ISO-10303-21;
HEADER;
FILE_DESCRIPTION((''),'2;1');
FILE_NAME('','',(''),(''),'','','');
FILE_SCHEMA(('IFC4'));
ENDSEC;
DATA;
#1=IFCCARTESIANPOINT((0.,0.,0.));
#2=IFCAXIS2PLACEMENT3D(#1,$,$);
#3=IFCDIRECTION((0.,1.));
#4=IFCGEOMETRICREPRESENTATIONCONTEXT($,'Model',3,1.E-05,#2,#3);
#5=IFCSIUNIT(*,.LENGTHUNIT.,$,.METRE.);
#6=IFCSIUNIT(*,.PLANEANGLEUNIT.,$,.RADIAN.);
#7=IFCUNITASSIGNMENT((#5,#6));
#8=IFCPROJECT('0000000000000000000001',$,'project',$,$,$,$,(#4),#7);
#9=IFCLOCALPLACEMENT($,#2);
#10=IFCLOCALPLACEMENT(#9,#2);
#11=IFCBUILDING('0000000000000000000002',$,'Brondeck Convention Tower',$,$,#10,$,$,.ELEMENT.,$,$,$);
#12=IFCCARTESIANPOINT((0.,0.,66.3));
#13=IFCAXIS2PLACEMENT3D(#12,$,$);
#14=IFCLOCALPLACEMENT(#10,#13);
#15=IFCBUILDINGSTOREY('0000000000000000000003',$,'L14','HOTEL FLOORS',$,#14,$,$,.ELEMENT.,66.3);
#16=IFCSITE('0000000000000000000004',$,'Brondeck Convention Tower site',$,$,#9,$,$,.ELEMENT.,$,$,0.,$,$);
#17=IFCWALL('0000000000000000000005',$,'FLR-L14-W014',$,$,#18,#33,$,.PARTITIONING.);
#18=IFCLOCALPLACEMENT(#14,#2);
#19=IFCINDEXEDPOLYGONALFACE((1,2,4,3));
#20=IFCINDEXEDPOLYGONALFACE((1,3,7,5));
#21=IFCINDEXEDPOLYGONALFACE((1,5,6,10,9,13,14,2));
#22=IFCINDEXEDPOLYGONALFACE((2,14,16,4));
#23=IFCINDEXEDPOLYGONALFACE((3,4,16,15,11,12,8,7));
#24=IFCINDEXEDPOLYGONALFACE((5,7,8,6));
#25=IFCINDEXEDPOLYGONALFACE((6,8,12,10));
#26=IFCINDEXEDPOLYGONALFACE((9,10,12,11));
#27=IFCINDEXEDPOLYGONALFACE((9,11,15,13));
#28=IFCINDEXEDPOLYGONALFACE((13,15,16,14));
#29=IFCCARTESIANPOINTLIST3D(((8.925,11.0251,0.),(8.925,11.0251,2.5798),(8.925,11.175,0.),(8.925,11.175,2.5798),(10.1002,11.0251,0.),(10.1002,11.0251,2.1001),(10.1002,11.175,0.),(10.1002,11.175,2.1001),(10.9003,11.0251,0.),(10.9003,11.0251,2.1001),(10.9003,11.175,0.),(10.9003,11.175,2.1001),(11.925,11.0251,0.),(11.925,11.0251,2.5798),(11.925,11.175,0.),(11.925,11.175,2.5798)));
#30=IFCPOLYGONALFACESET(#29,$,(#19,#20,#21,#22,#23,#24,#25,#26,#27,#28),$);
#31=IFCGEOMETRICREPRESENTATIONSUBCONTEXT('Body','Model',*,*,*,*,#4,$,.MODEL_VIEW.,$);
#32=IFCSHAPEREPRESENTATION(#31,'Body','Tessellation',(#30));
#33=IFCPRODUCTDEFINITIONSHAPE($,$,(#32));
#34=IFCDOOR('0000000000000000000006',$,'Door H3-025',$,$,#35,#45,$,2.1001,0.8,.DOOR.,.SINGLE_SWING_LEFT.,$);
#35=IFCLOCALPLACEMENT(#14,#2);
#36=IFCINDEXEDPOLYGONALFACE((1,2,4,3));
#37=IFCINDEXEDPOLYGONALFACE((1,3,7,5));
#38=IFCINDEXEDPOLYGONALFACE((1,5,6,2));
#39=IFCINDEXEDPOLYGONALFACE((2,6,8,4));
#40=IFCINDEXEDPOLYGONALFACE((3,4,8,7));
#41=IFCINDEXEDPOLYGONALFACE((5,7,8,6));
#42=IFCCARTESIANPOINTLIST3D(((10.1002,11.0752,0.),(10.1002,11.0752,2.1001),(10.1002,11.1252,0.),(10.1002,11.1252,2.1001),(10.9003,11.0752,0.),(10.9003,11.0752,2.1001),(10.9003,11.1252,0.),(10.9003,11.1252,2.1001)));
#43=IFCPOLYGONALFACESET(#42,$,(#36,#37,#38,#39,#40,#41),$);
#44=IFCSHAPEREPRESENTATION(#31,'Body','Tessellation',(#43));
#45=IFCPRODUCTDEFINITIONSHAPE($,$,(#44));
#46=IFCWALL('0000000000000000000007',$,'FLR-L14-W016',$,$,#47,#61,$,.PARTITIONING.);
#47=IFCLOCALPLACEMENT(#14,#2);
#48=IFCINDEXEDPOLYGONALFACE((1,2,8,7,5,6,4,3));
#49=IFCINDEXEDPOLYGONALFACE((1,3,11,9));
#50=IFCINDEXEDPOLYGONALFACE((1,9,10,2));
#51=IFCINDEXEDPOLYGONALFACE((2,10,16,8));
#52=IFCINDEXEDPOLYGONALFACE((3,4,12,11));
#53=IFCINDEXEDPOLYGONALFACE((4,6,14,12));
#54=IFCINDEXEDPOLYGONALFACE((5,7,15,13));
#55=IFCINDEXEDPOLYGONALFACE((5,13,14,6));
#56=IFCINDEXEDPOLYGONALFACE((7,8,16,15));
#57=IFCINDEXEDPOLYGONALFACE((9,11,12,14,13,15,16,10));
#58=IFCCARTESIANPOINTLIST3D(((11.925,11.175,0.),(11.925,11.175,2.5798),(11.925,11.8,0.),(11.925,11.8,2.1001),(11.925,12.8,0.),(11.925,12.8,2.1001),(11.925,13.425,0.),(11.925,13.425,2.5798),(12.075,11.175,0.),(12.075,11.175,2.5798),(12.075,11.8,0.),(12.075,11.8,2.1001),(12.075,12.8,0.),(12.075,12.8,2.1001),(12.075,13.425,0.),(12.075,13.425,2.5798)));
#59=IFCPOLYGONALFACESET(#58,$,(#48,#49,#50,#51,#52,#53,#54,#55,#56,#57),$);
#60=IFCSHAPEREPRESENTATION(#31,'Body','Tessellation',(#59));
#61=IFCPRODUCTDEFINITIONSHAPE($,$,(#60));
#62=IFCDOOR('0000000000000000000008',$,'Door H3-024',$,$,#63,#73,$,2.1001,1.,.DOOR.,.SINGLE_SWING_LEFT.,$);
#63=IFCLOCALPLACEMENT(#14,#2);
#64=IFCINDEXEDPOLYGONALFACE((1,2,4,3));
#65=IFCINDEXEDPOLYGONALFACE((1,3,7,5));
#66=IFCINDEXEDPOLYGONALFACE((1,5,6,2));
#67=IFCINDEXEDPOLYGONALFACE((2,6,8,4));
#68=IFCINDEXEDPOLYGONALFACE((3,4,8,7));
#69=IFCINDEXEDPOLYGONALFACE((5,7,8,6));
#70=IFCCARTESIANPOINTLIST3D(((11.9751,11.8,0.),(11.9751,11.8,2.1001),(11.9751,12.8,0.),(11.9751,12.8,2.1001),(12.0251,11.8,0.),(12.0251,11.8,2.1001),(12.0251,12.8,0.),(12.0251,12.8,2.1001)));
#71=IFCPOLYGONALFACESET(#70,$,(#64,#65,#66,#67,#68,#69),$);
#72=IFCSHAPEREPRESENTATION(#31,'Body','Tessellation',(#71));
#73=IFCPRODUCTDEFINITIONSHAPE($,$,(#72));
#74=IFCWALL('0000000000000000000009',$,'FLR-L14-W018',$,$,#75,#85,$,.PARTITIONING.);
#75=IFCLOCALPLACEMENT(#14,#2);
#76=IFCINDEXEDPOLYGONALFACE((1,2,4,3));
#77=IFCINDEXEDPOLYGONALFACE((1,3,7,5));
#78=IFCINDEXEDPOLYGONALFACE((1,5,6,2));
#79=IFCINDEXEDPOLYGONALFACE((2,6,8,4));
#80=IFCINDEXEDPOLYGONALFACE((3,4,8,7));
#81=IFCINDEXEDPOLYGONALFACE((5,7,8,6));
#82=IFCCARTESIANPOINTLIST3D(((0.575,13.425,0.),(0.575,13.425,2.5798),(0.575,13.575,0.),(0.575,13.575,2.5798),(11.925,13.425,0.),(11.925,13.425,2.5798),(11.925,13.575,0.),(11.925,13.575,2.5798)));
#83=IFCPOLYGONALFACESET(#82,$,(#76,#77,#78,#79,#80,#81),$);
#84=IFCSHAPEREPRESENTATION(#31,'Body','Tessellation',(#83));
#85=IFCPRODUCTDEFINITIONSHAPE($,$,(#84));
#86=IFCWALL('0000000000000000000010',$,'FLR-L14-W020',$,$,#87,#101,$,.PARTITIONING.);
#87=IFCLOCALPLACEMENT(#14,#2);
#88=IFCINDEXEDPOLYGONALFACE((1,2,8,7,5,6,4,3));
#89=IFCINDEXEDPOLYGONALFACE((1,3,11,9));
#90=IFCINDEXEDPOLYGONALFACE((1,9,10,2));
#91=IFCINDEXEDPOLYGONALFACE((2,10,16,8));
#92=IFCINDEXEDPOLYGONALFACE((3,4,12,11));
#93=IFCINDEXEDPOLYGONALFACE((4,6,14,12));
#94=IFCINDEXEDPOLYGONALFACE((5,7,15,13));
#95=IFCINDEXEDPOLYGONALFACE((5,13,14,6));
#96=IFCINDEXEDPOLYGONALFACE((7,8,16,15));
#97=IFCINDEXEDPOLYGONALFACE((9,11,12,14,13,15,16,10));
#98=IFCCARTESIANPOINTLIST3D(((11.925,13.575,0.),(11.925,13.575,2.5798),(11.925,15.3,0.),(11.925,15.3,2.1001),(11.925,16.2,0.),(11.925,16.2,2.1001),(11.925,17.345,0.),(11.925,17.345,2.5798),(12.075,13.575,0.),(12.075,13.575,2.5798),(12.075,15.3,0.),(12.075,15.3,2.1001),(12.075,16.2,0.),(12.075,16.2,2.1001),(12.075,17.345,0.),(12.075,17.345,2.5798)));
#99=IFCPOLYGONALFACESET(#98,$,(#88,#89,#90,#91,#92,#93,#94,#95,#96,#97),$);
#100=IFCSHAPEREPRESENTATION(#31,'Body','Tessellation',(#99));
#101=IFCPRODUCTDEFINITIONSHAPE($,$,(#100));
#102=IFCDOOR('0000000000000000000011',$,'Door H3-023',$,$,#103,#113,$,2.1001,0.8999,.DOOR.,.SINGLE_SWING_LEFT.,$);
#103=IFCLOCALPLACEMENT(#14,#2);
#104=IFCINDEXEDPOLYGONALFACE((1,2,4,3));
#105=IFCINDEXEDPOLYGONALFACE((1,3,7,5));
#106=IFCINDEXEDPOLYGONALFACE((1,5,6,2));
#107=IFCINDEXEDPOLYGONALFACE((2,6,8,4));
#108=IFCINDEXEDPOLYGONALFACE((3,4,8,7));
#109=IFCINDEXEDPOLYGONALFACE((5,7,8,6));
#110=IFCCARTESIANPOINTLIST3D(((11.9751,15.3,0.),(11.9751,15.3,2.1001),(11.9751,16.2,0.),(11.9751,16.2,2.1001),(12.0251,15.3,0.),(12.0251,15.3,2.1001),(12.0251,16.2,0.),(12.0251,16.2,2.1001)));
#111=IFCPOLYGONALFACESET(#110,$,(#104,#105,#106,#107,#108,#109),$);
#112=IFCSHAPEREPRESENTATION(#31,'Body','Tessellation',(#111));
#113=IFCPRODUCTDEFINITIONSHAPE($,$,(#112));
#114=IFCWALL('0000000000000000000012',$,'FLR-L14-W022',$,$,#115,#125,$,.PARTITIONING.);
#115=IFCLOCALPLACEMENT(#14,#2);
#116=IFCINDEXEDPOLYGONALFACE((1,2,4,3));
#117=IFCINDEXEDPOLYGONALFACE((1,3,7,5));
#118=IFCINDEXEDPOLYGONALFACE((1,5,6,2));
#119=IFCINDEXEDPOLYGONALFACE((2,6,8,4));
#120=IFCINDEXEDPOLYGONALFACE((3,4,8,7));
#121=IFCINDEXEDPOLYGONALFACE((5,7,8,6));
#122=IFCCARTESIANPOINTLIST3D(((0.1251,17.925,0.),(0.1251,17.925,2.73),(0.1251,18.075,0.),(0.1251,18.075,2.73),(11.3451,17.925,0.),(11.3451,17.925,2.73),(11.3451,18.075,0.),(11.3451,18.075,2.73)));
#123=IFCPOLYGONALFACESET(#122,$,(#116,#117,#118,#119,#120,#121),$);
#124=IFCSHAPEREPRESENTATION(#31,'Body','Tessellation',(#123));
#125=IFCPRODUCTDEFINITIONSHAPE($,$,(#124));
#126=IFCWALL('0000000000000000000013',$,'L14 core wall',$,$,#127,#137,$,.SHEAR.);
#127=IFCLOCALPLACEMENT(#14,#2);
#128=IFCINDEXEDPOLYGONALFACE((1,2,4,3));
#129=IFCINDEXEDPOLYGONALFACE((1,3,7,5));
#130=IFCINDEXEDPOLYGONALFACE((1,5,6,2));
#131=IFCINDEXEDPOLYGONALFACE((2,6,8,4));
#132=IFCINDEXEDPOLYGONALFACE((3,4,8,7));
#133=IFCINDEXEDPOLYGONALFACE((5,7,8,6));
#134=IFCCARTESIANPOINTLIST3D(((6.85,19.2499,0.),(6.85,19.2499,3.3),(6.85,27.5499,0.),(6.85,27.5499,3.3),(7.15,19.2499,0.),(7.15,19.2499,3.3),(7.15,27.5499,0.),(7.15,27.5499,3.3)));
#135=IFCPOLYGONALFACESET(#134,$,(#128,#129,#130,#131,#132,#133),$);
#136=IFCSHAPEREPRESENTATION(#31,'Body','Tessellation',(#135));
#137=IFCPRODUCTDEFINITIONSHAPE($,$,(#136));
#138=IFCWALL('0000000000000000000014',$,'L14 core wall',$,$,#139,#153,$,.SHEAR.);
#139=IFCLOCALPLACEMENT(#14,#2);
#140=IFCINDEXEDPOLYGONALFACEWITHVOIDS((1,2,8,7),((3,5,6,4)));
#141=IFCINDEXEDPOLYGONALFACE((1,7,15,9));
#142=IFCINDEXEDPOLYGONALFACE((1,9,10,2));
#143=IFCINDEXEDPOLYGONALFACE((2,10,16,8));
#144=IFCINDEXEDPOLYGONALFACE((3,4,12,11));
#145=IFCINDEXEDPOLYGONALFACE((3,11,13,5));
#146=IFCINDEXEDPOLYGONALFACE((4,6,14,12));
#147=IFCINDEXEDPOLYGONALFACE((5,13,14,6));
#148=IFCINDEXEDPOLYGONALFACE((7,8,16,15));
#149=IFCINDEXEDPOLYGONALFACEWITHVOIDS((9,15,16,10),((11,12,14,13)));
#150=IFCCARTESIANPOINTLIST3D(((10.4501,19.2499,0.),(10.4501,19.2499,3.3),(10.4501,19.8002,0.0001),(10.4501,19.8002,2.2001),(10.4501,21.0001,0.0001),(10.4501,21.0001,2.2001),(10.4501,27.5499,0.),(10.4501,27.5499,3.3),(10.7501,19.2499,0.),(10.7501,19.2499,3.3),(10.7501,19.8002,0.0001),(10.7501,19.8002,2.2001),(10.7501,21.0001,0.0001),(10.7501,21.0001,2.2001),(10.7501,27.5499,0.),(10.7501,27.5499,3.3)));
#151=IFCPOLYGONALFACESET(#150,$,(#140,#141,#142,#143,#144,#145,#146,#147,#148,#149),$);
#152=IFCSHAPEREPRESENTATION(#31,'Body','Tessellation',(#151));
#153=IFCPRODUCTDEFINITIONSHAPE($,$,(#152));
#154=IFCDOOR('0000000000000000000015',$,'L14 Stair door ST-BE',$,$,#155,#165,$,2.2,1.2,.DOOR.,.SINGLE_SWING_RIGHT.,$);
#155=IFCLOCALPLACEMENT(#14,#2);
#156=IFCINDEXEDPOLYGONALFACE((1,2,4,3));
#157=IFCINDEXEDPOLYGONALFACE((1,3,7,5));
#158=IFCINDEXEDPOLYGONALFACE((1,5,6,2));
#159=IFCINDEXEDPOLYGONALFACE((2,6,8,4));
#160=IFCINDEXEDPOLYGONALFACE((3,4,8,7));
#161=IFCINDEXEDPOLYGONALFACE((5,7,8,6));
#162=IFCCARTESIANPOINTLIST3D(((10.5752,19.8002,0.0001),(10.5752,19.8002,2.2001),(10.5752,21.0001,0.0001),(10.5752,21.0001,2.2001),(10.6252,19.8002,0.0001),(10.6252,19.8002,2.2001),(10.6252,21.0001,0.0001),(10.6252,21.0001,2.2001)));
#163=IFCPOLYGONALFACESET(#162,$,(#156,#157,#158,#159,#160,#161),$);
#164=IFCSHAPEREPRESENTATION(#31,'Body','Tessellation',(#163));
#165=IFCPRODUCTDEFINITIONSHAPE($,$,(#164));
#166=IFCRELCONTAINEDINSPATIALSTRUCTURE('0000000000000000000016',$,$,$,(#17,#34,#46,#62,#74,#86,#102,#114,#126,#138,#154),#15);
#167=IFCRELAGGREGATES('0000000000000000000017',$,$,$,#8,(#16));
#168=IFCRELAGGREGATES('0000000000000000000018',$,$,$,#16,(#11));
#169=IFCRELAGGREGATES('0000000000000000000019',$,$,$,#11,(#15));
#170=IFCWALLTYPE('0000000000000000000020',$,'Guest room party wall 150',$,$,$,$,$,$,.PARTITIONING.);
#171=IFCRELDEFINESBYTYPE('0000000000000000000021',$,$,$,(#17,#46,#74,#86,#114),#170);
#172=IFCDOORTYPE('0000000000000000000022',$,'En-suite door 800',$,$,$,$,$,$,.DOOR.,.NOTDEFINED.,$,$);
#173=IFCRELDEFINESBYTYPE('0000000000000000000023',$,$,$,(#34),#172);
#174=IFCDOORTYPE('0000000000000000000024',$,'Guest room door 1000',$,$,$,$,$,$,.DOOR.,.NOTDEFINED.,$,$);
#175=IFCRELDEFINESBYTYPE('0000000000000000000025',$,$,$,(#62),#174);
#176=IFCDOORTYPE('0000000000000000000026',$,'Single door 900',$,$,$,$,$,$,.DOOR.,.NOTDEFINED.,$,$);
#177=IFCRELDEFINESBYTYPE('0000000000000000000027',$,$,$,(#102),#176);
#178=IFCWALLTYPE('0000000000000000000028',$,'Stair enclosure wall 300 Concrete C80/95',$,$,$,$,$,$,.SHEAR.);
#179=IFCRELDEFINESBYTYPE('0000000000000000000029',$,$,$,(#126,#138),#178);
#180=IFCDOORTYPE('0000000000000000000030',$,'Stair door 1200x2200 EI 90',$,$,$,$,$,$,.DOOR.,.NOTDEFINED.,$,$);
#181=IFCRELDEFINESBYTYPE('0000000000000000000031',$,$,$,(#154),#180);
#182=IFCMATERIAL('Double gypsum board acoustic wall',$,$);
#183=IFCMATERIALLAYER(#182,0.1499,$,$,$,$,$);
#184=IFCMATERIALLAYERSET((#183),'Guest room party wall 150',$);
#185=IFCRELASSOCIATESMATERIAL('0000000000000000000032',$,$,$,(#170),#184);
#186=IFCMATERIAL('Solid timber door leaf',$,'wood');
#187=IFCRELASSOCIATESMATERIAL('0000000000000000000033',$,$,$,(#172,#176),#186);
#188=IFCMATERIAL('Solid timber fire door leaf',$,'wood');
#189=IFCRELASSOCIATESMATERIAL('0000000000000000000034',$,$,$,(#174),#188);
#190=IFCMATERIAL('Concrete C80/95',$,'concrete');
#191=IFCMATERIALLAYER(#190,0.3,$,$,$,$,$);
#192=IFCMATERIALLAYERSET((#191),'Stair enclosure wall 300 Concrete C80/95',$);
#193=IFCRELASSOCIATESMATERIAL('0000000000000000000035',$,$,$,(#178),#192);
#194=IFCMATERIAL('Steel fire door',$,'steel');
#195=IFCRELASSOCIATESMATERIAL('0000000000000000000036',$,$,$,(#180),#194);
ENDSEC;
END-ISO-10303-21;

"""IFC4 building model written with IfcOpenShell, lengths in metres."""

from ifc_helpers import new_model, si_unit, direction, frame, frame_2d, origin, place, context, subcontext, project, spatial, rectangle, extrude, material, layer, layer_set, type_object, element, fill, save


model = new_model("IFC4")

# Units and contexts
model_context = context("Model", 3, precision=1e-05, world=origin(), true_north=direction((0.0, 1.0)))
body_context = subcontext(model_context, "Body", "Model", "MODEL_VIEW")
ifc_project = project(units=[si_unit("LENGTHUNIT", "METRE"), si_unit("PLANEANGLEUNIT", "RADIAN")], contexts=[model_context])

# Site, building, storey
site_placement = place(None, origin())
site = spatial("IfcSite", under=ifc_project, at=site_placement, Name="Brondeck Convention Tower site", CompositionType="ELEMENT", RefElevation=0.0)
building_placement = place(site_placement, origin())
building = spatial("IfcBuilding", under=site, at=building_placement, Name="Brondeck Convention Tower", CompositionType="ELEMENT")
storey_placement = place(building_placement, frame((0.0, 0.0, 66.3)))
storey = spatial("IfcBuildingStorey", under=building, at=storey_placement, Name="L14", Description="HOTEL FLOORS", CompositionType="ELEMENT", Elevation=66.3)

# Shared definitions
ifc_material_1 = material(Name="Concrete C80/95", Category="concrete")

# Shared definitions
ifc_material_2 = material(Name="Double gypsum board acoustic wall")
ifc_layer_1 = layer(ifc_material_2, 0.1499)
ifc_layer_set_1 = layer_set([ifc_layer_1], Name="Guest room party wall 150")
wall_type_1 = type_object("IfcWallType", Name="Guest room party wall 150", PredefinedType="PARTITIONING", material=ifc_layer_set_1)

# Walls, openings, doors
wall_1_placement = place(storey_placement, frame((11.925, 11.1001, 0.0), z_axis=(0.0, 0.0, 1.0), x_axis=(-1.0, 0.0, 0.0)))
wall_1 = element("IfcWall", 1, at=wall_1_placement, inside=storey, type_object=wall_type_1, Name="FLR-L14-W014", PredefinedType="PARTITIONING", context=body_context, shape_type="SweptSolid", body=[
    extrude(rectangle(XDim=3.0, YDim=0.1499, at=frame_2d((1.5, 0.0))), origin(), (0.0, 0.0, 1.0), 2.5798),
])
opening_1_placement = place(wall_1_placement, frame((1.0249, 0.0, 0.0)))
opening_1 = element("IfcOpeningElement", 2, at=opening_1_placement, cuts=wall_1, PredefinedType="OPENING", context=body_context, shape_type="SweptSolid", body=[
    extrude(rectangle(XDim=0.8, YDim=2.1001, at=frame_2d((0.3999, 1.05))), frame((0.0, 0.085, 0.0), z_axis=(0.0, -1.0, 0.0), x_axis=(1.0, 0.0, 0.0)), (0.0, 0.0, 1.0), 0.1699),
])
ifc_material_3 = material(Name="Solid timber door leaf", Category="wood")
door_type_1 = type_object("IfcDoorType", Name="En-suite door 800", OperationType="NOTDEFINED", PredefinedType="DOOR", material=ifc_material_3)
door_1_placement = place(opening_1_placement, origin())
door_1 = element("IfcDoor", 3, at=door_1_placement, inside=storey, type_object=door_type_1, Name="Door H3-025", OperationType="SINGLE_SWING_LEFT", OverallHeight=2.1001, OverallWidth=0.8, PredefinedType="DOOR", context=body_context, shape_type="SweptSolid", body=[
    extrude(rectangle(XDim=0.8, YDim=2.1001, at=frame_2d((0.3999, 1.05))), frame((0.0, 0.0249, 0.0), z_axis=(0.0, -1.0, 0.0), x_axis=(1.0, 0.0, 0.0)), (0.0, 0.0, 1.0), 0.05),
])
fill(opening_1, door_1)
wall_2_placement = place(storey_placement, frame((12.0, 11.175, 0.0), z_axis=(0.0, 0.0, 1.0), x_axis=(0.0, 1.0, 0.0)))
wall_2 = element("IfcWall", 4, at=wall_2_placement, inside=storey, type_object=wall_type_1, Name="FLR-L14-W016", PredefinedType="PARTITIONING", context=body_context, shape_type="SweptSolid", body=[
    extrude(rectangle(XDim=2.25, YDim=0.1499, at=frame_2d((1.125, 0.0))), origin(), (0.0, 0.0, 1.0), 2.5798),
])
opening_2_placement = place(wall_2_placement, frame((0.625, 0.0, 0.0)))
opening_2 = element("IfcOpeningElement", 5, at=opening_2_placement, cuts=wall_2, PredefinedType="OPENING", context=body_context, shape_type="SweptSolid", body=[
    extrude(rectangle(XDim=1.0, YDim=2.1001, at=frame_2d((0.5, 1.05))), frame((0.0, 0.085, 0.0), z_axis=(0.0, -1.0, 0.0), x_axis=(1.0, 0.0, 0.0)), (0.0, 0.0, 1.0), 0.1699),
])
ifc_material_4 = material(Name="Solid timber fire door leaf", Category="wood")
door_type_2 = type_object("IfcDoorType", Name="Guest room door 1000", OperationType="NOTDEFINED", PredefinedType="DOOR", material=ifc_material_4)
door_2_placement = place(opening_2_placement, origin())
door_2 = element("IfcDoor", 6, at=door_2_placement, inside=storey, type_object=door_type_2, Name="Door H3-024", OperationType="SINGLE_SWING_LEFT", OverallHeight=2.1001, OverallWidth=1.0, PredefinedType="DOOR", context=body_context, shape_type="SweptSolid", body=[
    extrude(rectangle(XDim=1.0, YDim=2.1001, at=frame_2d((0.5, 1.05))), frame((0.0, 0.0249, 0.0), z_axis=(0.0, -1.0, 0.0), x_axis=(1.0, 0.0, 0.0)), (0.0, 0.0, 1.0), 0.05),
])
fill(opening_2, door_2)

# Wall
wall_3_placement = place(storey_placement, frame((11.925, 13.5, 0.0), z_axis=(0.0, 0.0, 1.0), x_axis=(-1.0, 0.0, 0.0)))
element("IfcWall", 7, at=wall_3_placement, inside=storey, type_object=wall_type_1, Name="FLR-L14-W018", PredefinedType="PARTITIONING", context=body_context, shape_type="SweptSolid", body=[
    extrude(rectangle(XDim=11.3501, YDim=0.1499, at=frame_2d((5.675, 0.0))), origin(), (0.0, 0.0, 1.0), 2.5798),
])

# Wall, opening, door
wall_4_placement = place(storey_placement, frame((12.0, 13.575, 0.0), z_axis=(0.0, 0.0, 1.0), x_axis=(0.0, 1.0, 0.0)))
wall_4 = element("IfcWall", 8, at=wall_4_placement, inside=storey, type_object=wall_type_1, Name="FLR-L14-W020", PredefinedType="PARTITIONING", context=body_context, shape_type="SweptSolid", body=[
    extrude(rectangle(XDim=3.77, YDim=0.1499, at=frame_2d((1.885, 0.0))), origin(), (0.0, 0.0, 1.0), 2.5798),
])
opening_3_placement = place(wall_4_placement, frame((1.7251, 0.0, 0.0)))
opening_3 = element("IfcOpeningElement", 9, at=opening_3_placement, cuts=wall_4, PredefinedType="OPENING", context=body_context, shape_type="SweptSolid", body=[
    extrude(rectangle(XDim=0.8999, YDim=2.1001, at=frame_2d((0.45, 1.05))), frame((0.0, 0.085, 0.0), z_axis=(0.0, -1.0, 0.0), x_axis=(1.0, 0.0, 0.0)), (0.0, 0.0, 1.0), 0.1699),
])
door_type_3 = type_object("IfcDoorType", Name="Single door 900", OperationType="NOTDEFINED", PredefinedType="DOOR", material=ifc_material_3)
door_3_placement = place(opening_3_placement, origin())
door_3 = element("IfcDoor", 10, at=door_3_placement, inside=storey, type_object=door_type_3, Name="Door H3-023", OperationType="SINGLE_SWING_LEFT", OverallHeight=2.1001, OverallWidth=0.8999, PredefinedType="DOOR", context=body_context, shape_type="SweptSolid", body=[
    extrude(rectangle(XDim=0.8999, YDim=2.1001, at=frame_2d((0.45, 1.05))), frame((0.0, 0.0249, 0.0), z_axis=(0.0, -1.0, 0.0), x_axis=(1.0, 0.0, 0.0)), (0.0, 0.0, 1.0), 0.05),
])
fill(opening_3, door_3)

# Walls
wall_5_placement = place(storey_placement, frame((11.345, 18.0, 0.0), z_axis=(0.0, 0.0, 1.0), x_axis=(-1.0, 0.0, 0.0)))
element("IfcWall", 11, at=wall_5_placement, inside=storey, type_object=wall_type_1, Name="FLR-L14-W022", PredefinedType="PARTITIONING", context=body_context, shape_type="SweptSolid", body=[
    extrude(rectangle(XDim=11.22, YDim=0.1499, at=frame_2d((5.6099, 0.0))), origin(), (0.0, 0.0, 1.0), 2.73),
])
ifc_layer_2 = layer(ifc_material_1, 0.3)
ifc_layer_set_2 = layer_set([ifc_layer_2], Name="Stair enclosure wall 300 Concrete C80/95")
wall_type_2 = type_object("IfcWallType", Name="Stair enclosure wall 300 Concrete C80/95", PredefinedType="SHEAR", material=ifc_layer_set_2)
wall_6_placement = place(storey_placement, frame((7.0, 19.25, 0.0), z_axis=(0.0, 0.0, 1.0), x_axis=(0.0, 1.0, 0.0)))
element("IfcWall", 12, at=wall_6_placement, inside=storey, type_object=wall_type_2, Name="L14 core wall", PredefinedType="SHEAR", context=body_context, shape_type="SweptSolid", body=[
    extrude(rectangle(XDim=8.3, YDim=0.3, at=frame_2d((4.1499, 0.0))), origin(), (0.0, 0.0, 1.0), 3.3),
])

# Wall, opening, door
wall_7_placement = place(storey_placement, frame((10.6001, 19.25, 0.0), z_axis=(0.0, 0.0, 1.0), x_axis=(0.0, 1.0, 0.0)))
wall_7 = element("IfcWall", 13, at=wall_7_placement, inside=storey, type_object=wall_type_2, Name="L14 core wall", PredefinedType="SHEAR", context=body_context, shape_type="SweptSolid", body=[
    extrude(rectangle(XDim=8.3, YDim=0.3, at=frame_2d((4.1499, 0.0))), origin(), (0.0, 0.0, 1.0), 3.3),
])
opening_4_placement = place(wall_7_placement, frame((0.55, 0.0, 0.0)))
opening_4 = element("IfcOpeningElement", 14, at=opening_4_placement, cuts=wall_7, PredefinedType="OPENING", context=body_context, shape_type="SweptSolid", body=[
    extrude(rectangle(XDim=1.2, YDim=2.2, at=frame_2d((0.6001, 1.1001))), frame((0.0, 0.1599, 0.0), z_axis=(0.0, -1.0, 0.0), x_axis=(1.0, 0.0, 0.0)), (0.0, 0.0, 1.0), 0.3201),
])
ifc_material_5 = material(Name="Steel fire door", Category="steel")
door_type_4 = type_object("IfcDoorType", Name="Stair door 1200x2200 EI 90", OperationType="NOTDEFINED", PredefinedType="DOOR", material=ifc_material_5)
door_4_placement = place(opening_4_placement, origin())
door_4 = element("IfcDoor", 15, at=door_4_placement, inside=storey, type_object=door_type_4, Name="L14 Stair door ST-BE", OperationType="SINGLE_SWING_RIGHT", OverallHeight=2.2, OverallWidth=1.2, PredefinedType="DOOR", context=body_context, shape_type="SweptSolid", body=[
    extrude(rectangle(XDim=1.2, YDim=2.2, at=frame_2d((0.6001, 1.1001))), frame((0.0, 0.0249, 0.0), z_axis=(0.0, -1.0, 0.0), x_axis=(1.0, 0.0, 0.0)), (0.0, 0.0, 1.0), 0.05),
])
fill(opening_4, door_4)

save(model, "model.ifc")
